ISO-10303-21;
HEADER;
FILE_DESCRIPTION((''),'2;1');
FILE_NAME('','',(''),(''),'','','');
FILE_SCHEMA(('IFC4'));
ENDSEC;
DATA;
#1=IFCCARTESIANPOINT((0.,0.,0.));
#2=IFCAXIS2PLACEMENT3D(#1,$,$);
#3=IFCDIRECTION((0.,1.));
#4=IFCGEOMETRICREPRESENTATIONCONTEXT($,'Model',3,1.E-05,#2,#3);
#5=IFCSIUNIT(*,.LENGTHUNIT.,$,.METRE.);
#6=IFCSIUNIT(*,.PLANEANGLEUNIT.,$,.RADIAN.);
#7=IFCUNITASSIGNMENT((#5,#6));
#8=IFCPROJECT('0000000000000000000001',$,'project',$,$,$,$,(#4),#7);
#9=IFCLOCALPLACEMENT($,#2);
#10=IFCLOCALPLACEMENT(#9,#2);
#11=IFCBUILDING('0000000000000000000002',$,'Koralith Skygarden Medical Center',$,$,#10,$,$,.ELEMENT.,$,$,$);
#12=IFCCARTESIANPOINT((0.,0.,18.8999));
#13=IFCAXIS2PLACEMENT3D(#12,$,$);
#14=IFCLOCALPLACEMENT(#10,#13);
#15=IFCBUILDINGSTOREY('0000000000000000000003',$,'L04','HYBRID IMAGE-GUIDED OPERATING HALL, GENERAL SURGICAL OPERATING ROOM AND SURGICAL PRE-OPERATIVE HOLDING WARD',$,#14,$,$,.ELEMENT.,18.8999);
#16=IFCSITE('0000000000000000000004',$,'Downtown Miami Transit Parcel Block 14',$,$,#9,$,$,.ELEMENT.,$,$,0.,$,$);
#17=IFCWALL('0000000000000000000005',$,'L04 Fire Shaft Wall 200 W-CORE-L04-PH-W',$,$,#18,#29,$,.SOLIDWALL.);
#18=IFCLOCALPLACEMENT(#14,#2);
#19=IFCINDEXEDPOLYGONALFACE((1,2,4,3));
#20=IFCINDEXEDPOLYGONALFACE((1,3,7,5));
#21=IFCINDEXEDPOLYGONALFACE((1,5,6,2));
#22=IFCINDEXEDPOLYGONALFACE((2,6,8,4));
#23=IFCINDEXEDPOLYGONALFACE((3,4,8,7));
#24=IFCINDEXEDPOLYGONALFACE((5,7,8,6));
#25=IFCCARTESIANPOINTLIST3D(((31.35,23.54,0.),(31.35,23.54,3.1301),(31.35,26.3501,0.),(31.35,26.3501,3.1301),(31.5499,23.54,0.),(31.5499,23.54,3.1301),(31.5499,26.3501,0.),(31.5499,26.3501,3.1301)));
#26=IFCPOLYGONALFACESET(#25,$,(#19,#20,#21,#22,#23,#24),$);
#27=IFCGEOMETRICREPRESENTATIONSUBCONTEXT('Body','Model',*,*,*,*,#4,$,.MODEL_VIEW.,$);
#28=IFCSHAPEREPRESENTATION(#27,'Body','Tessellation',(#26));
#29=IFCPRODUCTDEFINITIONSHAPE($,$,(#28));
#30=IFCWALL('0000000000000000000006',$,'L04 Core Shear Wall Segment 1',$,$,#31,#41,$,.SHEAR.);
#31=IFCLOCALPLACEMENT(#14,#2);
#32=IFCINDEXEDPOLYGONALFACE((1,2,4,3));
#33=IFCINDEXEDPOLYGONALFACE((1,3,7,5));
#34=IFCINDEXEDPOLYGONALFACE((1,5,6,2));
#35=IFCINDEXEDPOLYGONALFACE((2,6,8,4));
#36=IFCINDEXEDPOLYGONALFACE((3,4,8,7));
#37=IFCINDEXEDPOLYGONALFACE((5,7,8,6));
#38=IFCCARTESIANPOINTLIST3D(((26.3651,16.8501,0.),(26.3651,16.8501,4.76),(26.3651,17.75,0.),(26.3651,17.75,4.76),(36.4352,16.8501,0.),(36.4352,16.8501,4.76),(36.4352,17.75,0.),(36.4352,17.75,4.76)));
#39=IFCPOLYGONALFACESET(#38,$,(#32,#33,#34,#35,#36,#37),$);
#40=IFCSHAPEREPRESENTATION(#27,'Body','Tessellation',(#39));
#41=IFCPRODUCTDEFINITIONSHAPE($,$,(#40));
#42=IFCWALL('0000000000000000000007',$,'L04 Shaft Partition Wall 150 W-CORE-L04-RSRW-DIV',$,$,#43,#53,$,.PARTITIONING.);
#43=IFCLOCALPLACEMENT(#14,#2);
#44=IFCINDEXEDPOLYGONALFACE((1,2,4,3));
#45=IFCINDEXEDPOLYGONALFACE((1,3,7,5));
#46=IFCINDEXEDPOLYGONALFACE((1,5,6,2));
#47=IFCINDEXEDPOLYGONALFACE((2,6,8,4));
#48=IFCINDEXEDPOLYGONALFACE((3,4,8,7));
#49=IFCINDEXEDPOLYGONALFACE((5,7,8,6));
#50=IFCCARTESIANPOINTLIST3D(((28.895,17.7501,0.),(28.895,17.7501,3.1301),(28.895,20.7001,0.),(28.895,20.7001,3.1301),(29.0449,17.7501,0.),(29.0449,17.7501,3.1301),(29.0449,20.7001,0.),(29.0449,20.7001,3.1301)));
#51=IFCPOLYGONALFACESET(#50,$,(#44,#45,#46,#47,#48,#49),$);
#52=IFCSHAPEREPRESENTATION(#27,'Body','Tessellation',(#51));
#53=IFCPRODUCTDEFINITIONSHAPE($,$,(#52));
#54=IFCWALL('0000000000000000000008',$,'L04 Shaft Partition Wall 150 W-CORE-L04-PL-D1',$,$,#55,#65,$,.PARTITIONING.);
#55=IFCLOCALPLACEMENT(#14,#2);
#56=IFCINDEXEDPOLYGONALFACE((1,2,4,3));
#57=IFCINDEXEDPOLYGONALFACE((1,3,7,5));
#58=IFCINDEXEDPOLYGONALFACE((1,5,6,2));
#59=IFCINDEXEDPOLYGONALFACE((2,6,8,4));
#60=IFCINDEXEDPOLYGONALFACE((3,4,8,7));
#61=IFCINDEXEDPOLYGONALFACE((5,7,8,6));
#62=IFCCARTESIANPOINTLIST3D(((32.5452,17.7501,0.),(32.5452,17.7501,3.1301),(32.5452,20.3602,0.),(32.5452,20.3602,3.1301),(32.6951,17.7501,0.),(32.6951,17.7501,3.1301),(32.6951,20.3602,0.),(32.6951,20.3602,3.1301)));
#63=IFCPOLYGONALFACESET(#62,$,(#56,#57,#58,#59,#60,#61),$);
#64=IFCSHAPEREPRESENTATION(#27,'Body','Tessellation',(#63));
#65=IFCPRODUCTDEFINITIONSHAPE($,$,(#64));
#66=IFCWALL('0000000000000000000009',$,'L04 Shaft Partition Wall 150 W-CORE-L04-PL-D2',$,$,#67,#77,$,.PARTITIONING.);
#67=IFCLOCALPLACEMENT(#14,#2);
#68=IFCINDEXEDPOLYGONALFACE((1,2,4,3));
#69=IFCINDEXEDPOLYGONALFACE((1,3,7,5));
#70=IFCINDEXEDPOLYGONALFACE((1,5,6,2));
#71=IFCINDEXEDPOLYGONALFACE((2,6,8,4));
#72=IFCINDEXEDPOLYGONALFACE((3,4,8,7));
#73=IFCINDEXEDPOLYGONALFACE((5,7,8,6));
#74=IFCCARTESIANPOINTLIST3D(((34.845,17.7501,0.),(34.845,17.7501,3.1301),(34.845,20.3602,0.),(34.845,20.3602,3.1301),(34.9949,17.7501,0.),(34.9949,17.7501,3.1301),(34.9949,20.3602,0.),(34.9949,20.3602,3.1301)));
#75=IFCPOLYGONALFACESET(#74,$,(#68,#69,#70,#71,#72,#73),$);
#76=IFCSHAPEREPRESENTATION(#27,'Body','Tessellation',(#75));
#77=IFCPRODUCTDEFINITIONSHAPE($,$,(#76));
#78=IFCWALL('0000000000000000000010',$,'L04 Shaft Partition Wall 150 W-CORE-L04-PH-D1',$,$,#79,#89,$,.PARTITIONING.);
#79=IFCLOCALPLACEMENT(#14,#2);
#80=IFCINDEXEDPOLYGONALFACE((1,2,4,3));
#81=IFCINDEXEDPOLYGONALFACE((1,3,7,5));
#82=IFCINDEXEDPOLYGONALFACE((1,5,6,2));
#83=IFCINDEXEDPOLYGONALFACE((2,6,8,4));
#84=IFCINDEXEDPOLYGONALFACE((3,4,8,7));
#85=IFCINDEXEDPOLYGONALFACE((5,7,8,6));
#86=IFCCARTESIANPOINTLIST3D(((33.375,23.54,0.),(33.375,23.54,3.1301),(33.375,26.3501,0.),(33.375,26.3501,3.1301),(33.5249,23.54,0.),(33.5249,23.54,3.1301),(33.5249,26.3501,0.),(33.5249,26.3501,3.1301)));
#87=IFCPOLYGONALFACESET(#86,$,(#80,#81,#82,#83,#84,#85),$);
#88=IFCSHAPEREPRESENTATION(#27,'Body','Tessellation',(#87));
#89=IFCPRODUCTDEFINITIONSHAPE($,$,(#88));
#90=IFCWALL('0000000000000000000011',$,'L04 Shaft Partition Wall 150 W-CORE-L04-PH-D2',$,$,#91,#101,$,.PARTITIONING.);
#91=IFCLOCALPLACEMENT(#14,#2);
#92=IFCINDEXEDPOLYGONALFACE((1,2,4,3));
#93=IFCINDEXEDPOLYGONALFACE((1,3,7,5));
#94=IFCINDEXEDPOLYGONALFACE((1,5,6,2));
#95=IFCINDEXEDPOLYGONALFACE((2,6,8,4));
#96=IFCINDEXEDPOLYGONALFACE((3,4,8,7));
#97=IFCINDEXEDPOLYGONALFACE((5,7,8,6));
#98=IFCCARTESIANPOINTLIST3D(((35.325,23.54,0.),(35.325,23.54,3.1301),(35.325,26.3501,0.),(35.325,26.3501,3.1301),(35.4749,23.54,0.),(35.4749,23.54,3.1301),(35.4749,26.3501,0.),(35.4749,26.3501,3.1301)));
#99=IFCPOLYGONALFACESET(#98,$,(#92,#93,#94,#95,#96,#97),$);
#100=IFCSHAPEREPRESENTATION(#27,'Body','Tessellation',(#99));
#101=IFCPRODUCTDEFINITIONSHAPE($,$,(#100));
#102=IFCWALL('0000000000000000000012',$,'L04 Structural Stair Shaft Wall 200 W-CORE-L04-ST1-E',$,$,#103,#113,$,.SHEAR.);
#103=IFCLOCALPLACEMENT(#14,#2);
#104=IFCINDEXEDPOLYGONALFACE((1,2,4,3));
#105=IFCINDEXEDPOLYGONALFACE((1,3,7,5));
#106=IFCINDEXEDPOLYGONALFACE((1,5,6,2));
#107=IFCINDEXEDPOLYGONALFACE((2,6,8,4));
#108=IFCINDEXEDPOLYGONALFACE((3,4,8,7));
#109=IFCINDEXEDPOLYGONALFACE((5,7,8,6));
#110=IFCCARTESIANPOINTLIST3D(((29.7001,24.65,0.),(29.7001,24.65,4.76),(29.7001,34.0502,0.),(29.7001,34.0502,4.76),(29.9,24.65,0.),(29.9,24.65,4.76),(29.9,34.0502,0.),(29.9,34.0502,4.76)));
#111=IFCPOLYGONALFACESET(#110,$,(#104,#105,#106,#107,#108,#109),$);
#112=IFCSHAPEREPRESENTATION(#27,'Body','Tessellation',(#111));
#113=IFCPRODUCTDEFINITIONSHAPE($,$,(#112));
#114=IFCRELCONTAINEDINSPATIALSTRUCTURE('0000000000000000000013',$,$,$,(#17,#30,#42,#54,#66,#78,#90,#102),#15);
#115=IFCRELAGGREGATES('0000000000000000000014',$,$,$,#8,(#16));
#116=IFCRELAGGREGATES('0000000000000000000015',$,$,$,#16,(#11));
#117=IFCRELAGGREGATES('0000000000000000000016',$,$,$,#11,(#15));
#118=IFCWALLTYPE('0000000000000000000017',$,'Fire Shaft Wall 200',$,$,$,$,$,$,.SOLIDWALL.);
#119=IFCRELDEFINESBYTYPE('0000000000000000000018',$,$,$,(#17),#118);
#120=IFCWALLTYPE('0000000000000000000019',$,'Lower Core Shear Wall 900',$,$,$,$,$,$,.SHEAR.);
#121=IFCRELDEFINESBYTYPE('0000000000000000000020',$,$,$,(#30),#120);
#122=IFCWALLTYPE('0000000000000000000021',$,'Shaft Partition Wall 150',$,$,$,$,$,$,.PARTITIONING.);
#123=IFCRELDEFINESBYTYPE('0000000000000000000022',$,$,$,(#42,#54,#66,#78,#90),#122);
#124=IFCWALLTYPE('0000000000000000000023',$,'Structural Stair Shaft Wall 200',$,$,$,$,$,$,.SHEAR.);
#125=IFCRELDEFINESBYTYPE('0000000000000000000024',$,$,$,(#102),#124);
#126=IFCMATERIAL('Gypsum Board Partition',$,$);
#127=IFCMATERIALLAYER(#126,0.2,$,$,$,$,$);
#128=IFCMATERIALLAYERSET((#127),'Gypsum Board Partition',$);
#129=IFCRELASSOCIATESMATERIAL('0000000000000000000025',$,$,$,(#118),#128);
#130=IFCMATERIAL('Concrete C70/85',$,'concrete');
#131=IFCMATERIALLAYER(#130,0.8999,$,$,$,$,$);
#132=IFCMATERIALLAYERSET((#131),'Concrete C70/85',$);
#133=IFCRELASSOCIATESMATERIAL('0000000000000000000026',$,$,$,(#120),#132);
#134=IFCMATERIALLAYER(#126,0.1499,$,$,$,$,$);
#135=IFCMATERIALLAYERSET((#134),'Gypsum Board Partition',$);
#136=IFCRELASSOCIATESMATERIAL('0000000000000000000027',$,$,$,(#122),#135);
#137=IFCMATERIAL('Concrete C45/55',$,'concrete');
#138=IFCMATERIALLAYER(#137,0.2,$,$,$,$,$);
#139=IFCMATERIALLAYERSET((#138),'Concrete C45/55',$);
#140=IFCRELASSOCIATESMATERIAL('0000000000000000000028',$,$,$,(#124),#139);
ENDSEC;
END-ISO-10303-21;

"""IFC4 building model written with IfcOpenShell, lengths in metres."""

from ifc_helpers import new_model, si_unit, direction, frame, frame_2d, origin, place, context, subcontext, project, spatial, rectangle, extrude, material, layer, layer_set, type_object, element, save


model = new_model("IFC4")

# Units and contexts
model_context = context("Model", 3, precision=1e-05, world=origin(), true_north=direction((0.0, 1.0)))
body_context = subcontext(model_context, "Body", "Model", "MODEL_VIEW")
ifc_project = project(units=[si_unit("LENGTHUNIT", "METRE"), si_unit("PLANEANGLEUNIT", "RADIAN")], contexts=[model_context])

# Site, building, storey
site_placement = place(None, origin())
site = spatial("IfcSite", under=ifc_project, at=site_placement, Name="Downtown Miami Transit Parcel Block 14", CompositionType="ELEMENT", RefElevation=0.0)
building_placement = place(site_placement, origin())
building = spatial("IfcBuilding", under=site, at=building_placement, Name="Koralith Skygarden Medical Center", CompositionType="ELEMENT")
storey_placement = place(building_placement, frame((0.0, 0.0, 18.8999)))
storey = spatial("IfcBuildingStorey", under=building, at=storey_placement, Name="L04", Description="HYBRID IMAGE-GUIDED OPERATING HALL, GENERAL SURGICAL OPERATING ROOM AND SURGICAL PRE-OPERATIVE HOLDING WARD", CompositionType="ELEMENT", Elevation=18.8999)

# Shared definitions
ifc_material_1 = material(Name="Concrete C70/85", Category="concrete")

# Shared definitions
ifc_material_2 = material(Name="Concrete C45/55", Category="concrete")

# Shared definitions
ifc_material_3 = material(Name="Gypsum Board Partition")

# Shared definitions
ifc_layer_1 = layer(ifc_material_3, 0.2)
ifc_layer_set_1 = layer_set([ifc_layer_1], Name="Gypsum Board Partition")
wall_type_1 = type_object("IfcWallType", Name="Fire Shaft Wall 200", PredefinedType="SOLIDWALL", material=ifc_layer_set_1)

# Walls
wall_1_placement = place(storey_placement, frame((31.45, 23.54, 0.0), z_axis=(0.0, 0.0, 1.0), x_axis=(0.0, 1.0, 0.0)))
element("IfcWall", 1, at=wall_1_placement, inside=storey, type_object=wall_type_1, Name="L04 Fire Shaft Wall 200 W-CORE-L04-PH-W", PredefinedType="SOLIDWALL", context=body_context, shape_type="SweptSolid", body=[
    extrude(rectangle(XDim=2.8101, YDim=0.2, at=frame_2d((1.405, 0.0))), origin(), (0.0, 0.0, 1.0), 3.1301),
])
ifc_layer_2 = layer(ifc_material_1, 0.8999)
ifc_layer_set_2 = layer_set([ifc_layer_2], Name="Concrete C70/85")
wall_type_2 = type_object("IfcWallType", Name="Lower Core Shear Wall 900", PredefinedType="SHEAR", material=ifc_layer_set_2)
wall_2_placement = place(storey_placement, frame((26.365, 17.3, 0.0), z_axis=(0.0, 0.0, 1.0), x_axis=(1.0, 0.0, 0.0)))
element("IfcWall", 2, at=wall_2_placement, inside=storey, type_object=wall_type_2, Name="L04 Core Shear Wall Segment 1", PredefinedType="SHEAR", context=body_context, shape_type="SweptSolid", body=[
    extrude(rectangle(XDim=10.0701, YDim=0.8999, at=frame_2d((5.0352, 0.0))), origin(), (0.0, 0.0, 1.0), 4.76),
])
ifc_layer_3 = layer(ifc_material_3, 0.1499)
ifc_layer_set_3 = layer_set([ifc_layer_3], Name="Gypsum Board Partition")
wall_type_3 = type_object("IfcWallType", Name="Shaft Partition Wall 150", PredefinedType="PARTITIONING", material=ifc_layer_set_3)
wall_3_placement = place(storey_placement, frame((28.97, 17.75, 0.0), z_axis=(0.0, 0.0, 1.0), x_axis=(0.0, 1.0, 0.0)))
element("IfcWall", 3, at=wall_3_placement, inside=storey, type_object=wall_type_3, Name="L04 Shaft Partition Wall 150 W-CORE-L04-RSRW-DIV", PredefinedType="PARTITIONING", context=body_context, shape_type="SweptSolid", body=[
    extrude(rectangle(XDim=2.95, YDim=0.1499, at=frame_2d((1.4751, 0.0))), origin(), (0.0, 0.0, 1.0), 3.1301),
])
for number, where, z_axis, x_axis, name in (
    (4, (32.6201, 17.75, 0.0), (0.0, 0.0, 1.0), (0.0, 1.0, 0.0), "L04 Shaft Partition Wall 150 W-CORE-L04-PL-D1"),
    (5, (34.9199, 17.75, 0.0), (0.0, 0.0, 1.0), (0.0, 1.0, 0.0), "L04 Shaft Partition Wall 150 W-CORE-L04-PL-D2"),
):
    element("IfcWall", number, at=place(storey_placement, frame(where, z_axis=z_axis, x_axis=x_axis)), inside=storey, type_object=wall_type_3, Name=name, PredefinedType="PARTITIONING", context=body_context, shape_type="SweptSolid", body=[
        extrude(rectangle(XDim=2.6101, YDim=0.1499, at=frame_2d((1.3052, 0.0))), origin(), (0.0, 0.0, 1.0), 3.1301),
    ])
for number, where, z_axis, x_axis, name in (
    (6, (33.45, 23.54, 0.0), (0.0, 0.0, 1.0), (0.0, 1.0, 0.0), "L04 Shaft Partition Wall 150 W-CORE-L04-PH-D1"),
    (7, (35.3999, 23.54, 0.0), (0.0, 0.0, 1.0), (0.0, 1.0, 0.0), "L04 Shaft Partition Wall 150 W-CORE-L04-PH-D2"),
):
    element("IfcWall", number, at=place(storey_placement, frame(where, z_axis=z_axis, x_axis=x_axis)), inside=storey, type_object=wall_type_3, Name=name, PredefinedType="PARTITIONING", context=body_context, shape_type="SweptSolid", body=[
        extrude(rectangle(XDim=2.8101, YDim=0.1499, at=frame_2d((1.405, 0.0))), origin(), (0.0, 0.0, 1.0), 3.1301),
    ])
ifc_layer_4 = layer(ifc_material_2, 0.2)
ifc_layer_set_4 = layer_set([ifc_layer_4], Name="Concrete C45/55")
wall_type_4 = type_object("IfcWallType", Name="Structural Stair Shaft Wall 200", PredefinedType="SHEAR", material=ifc_layer_set_4)
wall_4_placement = place(storey_placement, frame((29.8, 24.6499, 0.0), z_axis=(0.0, 0.0, 1.0), x_axis=(0.0, 1.0, 0.0)))
element("IfcWall", 8, at=wall_4_placement, inside=storey, type_object=wall_type_4, Name="L04 Structural Stair Shaft Wall 200 W-CORE-L04-ST1-E", PredefinedType="SHEAR", context=body_context, shape_type="SweptSolid", body=[
    extrude(rectangle(XDim=9.4001, YDim=0.2, at=frame_2d((4.7002, 0.0))), origin(), (0.0, 0.0, 1.0), 4.76),
])

save(model, "model.ifc")
